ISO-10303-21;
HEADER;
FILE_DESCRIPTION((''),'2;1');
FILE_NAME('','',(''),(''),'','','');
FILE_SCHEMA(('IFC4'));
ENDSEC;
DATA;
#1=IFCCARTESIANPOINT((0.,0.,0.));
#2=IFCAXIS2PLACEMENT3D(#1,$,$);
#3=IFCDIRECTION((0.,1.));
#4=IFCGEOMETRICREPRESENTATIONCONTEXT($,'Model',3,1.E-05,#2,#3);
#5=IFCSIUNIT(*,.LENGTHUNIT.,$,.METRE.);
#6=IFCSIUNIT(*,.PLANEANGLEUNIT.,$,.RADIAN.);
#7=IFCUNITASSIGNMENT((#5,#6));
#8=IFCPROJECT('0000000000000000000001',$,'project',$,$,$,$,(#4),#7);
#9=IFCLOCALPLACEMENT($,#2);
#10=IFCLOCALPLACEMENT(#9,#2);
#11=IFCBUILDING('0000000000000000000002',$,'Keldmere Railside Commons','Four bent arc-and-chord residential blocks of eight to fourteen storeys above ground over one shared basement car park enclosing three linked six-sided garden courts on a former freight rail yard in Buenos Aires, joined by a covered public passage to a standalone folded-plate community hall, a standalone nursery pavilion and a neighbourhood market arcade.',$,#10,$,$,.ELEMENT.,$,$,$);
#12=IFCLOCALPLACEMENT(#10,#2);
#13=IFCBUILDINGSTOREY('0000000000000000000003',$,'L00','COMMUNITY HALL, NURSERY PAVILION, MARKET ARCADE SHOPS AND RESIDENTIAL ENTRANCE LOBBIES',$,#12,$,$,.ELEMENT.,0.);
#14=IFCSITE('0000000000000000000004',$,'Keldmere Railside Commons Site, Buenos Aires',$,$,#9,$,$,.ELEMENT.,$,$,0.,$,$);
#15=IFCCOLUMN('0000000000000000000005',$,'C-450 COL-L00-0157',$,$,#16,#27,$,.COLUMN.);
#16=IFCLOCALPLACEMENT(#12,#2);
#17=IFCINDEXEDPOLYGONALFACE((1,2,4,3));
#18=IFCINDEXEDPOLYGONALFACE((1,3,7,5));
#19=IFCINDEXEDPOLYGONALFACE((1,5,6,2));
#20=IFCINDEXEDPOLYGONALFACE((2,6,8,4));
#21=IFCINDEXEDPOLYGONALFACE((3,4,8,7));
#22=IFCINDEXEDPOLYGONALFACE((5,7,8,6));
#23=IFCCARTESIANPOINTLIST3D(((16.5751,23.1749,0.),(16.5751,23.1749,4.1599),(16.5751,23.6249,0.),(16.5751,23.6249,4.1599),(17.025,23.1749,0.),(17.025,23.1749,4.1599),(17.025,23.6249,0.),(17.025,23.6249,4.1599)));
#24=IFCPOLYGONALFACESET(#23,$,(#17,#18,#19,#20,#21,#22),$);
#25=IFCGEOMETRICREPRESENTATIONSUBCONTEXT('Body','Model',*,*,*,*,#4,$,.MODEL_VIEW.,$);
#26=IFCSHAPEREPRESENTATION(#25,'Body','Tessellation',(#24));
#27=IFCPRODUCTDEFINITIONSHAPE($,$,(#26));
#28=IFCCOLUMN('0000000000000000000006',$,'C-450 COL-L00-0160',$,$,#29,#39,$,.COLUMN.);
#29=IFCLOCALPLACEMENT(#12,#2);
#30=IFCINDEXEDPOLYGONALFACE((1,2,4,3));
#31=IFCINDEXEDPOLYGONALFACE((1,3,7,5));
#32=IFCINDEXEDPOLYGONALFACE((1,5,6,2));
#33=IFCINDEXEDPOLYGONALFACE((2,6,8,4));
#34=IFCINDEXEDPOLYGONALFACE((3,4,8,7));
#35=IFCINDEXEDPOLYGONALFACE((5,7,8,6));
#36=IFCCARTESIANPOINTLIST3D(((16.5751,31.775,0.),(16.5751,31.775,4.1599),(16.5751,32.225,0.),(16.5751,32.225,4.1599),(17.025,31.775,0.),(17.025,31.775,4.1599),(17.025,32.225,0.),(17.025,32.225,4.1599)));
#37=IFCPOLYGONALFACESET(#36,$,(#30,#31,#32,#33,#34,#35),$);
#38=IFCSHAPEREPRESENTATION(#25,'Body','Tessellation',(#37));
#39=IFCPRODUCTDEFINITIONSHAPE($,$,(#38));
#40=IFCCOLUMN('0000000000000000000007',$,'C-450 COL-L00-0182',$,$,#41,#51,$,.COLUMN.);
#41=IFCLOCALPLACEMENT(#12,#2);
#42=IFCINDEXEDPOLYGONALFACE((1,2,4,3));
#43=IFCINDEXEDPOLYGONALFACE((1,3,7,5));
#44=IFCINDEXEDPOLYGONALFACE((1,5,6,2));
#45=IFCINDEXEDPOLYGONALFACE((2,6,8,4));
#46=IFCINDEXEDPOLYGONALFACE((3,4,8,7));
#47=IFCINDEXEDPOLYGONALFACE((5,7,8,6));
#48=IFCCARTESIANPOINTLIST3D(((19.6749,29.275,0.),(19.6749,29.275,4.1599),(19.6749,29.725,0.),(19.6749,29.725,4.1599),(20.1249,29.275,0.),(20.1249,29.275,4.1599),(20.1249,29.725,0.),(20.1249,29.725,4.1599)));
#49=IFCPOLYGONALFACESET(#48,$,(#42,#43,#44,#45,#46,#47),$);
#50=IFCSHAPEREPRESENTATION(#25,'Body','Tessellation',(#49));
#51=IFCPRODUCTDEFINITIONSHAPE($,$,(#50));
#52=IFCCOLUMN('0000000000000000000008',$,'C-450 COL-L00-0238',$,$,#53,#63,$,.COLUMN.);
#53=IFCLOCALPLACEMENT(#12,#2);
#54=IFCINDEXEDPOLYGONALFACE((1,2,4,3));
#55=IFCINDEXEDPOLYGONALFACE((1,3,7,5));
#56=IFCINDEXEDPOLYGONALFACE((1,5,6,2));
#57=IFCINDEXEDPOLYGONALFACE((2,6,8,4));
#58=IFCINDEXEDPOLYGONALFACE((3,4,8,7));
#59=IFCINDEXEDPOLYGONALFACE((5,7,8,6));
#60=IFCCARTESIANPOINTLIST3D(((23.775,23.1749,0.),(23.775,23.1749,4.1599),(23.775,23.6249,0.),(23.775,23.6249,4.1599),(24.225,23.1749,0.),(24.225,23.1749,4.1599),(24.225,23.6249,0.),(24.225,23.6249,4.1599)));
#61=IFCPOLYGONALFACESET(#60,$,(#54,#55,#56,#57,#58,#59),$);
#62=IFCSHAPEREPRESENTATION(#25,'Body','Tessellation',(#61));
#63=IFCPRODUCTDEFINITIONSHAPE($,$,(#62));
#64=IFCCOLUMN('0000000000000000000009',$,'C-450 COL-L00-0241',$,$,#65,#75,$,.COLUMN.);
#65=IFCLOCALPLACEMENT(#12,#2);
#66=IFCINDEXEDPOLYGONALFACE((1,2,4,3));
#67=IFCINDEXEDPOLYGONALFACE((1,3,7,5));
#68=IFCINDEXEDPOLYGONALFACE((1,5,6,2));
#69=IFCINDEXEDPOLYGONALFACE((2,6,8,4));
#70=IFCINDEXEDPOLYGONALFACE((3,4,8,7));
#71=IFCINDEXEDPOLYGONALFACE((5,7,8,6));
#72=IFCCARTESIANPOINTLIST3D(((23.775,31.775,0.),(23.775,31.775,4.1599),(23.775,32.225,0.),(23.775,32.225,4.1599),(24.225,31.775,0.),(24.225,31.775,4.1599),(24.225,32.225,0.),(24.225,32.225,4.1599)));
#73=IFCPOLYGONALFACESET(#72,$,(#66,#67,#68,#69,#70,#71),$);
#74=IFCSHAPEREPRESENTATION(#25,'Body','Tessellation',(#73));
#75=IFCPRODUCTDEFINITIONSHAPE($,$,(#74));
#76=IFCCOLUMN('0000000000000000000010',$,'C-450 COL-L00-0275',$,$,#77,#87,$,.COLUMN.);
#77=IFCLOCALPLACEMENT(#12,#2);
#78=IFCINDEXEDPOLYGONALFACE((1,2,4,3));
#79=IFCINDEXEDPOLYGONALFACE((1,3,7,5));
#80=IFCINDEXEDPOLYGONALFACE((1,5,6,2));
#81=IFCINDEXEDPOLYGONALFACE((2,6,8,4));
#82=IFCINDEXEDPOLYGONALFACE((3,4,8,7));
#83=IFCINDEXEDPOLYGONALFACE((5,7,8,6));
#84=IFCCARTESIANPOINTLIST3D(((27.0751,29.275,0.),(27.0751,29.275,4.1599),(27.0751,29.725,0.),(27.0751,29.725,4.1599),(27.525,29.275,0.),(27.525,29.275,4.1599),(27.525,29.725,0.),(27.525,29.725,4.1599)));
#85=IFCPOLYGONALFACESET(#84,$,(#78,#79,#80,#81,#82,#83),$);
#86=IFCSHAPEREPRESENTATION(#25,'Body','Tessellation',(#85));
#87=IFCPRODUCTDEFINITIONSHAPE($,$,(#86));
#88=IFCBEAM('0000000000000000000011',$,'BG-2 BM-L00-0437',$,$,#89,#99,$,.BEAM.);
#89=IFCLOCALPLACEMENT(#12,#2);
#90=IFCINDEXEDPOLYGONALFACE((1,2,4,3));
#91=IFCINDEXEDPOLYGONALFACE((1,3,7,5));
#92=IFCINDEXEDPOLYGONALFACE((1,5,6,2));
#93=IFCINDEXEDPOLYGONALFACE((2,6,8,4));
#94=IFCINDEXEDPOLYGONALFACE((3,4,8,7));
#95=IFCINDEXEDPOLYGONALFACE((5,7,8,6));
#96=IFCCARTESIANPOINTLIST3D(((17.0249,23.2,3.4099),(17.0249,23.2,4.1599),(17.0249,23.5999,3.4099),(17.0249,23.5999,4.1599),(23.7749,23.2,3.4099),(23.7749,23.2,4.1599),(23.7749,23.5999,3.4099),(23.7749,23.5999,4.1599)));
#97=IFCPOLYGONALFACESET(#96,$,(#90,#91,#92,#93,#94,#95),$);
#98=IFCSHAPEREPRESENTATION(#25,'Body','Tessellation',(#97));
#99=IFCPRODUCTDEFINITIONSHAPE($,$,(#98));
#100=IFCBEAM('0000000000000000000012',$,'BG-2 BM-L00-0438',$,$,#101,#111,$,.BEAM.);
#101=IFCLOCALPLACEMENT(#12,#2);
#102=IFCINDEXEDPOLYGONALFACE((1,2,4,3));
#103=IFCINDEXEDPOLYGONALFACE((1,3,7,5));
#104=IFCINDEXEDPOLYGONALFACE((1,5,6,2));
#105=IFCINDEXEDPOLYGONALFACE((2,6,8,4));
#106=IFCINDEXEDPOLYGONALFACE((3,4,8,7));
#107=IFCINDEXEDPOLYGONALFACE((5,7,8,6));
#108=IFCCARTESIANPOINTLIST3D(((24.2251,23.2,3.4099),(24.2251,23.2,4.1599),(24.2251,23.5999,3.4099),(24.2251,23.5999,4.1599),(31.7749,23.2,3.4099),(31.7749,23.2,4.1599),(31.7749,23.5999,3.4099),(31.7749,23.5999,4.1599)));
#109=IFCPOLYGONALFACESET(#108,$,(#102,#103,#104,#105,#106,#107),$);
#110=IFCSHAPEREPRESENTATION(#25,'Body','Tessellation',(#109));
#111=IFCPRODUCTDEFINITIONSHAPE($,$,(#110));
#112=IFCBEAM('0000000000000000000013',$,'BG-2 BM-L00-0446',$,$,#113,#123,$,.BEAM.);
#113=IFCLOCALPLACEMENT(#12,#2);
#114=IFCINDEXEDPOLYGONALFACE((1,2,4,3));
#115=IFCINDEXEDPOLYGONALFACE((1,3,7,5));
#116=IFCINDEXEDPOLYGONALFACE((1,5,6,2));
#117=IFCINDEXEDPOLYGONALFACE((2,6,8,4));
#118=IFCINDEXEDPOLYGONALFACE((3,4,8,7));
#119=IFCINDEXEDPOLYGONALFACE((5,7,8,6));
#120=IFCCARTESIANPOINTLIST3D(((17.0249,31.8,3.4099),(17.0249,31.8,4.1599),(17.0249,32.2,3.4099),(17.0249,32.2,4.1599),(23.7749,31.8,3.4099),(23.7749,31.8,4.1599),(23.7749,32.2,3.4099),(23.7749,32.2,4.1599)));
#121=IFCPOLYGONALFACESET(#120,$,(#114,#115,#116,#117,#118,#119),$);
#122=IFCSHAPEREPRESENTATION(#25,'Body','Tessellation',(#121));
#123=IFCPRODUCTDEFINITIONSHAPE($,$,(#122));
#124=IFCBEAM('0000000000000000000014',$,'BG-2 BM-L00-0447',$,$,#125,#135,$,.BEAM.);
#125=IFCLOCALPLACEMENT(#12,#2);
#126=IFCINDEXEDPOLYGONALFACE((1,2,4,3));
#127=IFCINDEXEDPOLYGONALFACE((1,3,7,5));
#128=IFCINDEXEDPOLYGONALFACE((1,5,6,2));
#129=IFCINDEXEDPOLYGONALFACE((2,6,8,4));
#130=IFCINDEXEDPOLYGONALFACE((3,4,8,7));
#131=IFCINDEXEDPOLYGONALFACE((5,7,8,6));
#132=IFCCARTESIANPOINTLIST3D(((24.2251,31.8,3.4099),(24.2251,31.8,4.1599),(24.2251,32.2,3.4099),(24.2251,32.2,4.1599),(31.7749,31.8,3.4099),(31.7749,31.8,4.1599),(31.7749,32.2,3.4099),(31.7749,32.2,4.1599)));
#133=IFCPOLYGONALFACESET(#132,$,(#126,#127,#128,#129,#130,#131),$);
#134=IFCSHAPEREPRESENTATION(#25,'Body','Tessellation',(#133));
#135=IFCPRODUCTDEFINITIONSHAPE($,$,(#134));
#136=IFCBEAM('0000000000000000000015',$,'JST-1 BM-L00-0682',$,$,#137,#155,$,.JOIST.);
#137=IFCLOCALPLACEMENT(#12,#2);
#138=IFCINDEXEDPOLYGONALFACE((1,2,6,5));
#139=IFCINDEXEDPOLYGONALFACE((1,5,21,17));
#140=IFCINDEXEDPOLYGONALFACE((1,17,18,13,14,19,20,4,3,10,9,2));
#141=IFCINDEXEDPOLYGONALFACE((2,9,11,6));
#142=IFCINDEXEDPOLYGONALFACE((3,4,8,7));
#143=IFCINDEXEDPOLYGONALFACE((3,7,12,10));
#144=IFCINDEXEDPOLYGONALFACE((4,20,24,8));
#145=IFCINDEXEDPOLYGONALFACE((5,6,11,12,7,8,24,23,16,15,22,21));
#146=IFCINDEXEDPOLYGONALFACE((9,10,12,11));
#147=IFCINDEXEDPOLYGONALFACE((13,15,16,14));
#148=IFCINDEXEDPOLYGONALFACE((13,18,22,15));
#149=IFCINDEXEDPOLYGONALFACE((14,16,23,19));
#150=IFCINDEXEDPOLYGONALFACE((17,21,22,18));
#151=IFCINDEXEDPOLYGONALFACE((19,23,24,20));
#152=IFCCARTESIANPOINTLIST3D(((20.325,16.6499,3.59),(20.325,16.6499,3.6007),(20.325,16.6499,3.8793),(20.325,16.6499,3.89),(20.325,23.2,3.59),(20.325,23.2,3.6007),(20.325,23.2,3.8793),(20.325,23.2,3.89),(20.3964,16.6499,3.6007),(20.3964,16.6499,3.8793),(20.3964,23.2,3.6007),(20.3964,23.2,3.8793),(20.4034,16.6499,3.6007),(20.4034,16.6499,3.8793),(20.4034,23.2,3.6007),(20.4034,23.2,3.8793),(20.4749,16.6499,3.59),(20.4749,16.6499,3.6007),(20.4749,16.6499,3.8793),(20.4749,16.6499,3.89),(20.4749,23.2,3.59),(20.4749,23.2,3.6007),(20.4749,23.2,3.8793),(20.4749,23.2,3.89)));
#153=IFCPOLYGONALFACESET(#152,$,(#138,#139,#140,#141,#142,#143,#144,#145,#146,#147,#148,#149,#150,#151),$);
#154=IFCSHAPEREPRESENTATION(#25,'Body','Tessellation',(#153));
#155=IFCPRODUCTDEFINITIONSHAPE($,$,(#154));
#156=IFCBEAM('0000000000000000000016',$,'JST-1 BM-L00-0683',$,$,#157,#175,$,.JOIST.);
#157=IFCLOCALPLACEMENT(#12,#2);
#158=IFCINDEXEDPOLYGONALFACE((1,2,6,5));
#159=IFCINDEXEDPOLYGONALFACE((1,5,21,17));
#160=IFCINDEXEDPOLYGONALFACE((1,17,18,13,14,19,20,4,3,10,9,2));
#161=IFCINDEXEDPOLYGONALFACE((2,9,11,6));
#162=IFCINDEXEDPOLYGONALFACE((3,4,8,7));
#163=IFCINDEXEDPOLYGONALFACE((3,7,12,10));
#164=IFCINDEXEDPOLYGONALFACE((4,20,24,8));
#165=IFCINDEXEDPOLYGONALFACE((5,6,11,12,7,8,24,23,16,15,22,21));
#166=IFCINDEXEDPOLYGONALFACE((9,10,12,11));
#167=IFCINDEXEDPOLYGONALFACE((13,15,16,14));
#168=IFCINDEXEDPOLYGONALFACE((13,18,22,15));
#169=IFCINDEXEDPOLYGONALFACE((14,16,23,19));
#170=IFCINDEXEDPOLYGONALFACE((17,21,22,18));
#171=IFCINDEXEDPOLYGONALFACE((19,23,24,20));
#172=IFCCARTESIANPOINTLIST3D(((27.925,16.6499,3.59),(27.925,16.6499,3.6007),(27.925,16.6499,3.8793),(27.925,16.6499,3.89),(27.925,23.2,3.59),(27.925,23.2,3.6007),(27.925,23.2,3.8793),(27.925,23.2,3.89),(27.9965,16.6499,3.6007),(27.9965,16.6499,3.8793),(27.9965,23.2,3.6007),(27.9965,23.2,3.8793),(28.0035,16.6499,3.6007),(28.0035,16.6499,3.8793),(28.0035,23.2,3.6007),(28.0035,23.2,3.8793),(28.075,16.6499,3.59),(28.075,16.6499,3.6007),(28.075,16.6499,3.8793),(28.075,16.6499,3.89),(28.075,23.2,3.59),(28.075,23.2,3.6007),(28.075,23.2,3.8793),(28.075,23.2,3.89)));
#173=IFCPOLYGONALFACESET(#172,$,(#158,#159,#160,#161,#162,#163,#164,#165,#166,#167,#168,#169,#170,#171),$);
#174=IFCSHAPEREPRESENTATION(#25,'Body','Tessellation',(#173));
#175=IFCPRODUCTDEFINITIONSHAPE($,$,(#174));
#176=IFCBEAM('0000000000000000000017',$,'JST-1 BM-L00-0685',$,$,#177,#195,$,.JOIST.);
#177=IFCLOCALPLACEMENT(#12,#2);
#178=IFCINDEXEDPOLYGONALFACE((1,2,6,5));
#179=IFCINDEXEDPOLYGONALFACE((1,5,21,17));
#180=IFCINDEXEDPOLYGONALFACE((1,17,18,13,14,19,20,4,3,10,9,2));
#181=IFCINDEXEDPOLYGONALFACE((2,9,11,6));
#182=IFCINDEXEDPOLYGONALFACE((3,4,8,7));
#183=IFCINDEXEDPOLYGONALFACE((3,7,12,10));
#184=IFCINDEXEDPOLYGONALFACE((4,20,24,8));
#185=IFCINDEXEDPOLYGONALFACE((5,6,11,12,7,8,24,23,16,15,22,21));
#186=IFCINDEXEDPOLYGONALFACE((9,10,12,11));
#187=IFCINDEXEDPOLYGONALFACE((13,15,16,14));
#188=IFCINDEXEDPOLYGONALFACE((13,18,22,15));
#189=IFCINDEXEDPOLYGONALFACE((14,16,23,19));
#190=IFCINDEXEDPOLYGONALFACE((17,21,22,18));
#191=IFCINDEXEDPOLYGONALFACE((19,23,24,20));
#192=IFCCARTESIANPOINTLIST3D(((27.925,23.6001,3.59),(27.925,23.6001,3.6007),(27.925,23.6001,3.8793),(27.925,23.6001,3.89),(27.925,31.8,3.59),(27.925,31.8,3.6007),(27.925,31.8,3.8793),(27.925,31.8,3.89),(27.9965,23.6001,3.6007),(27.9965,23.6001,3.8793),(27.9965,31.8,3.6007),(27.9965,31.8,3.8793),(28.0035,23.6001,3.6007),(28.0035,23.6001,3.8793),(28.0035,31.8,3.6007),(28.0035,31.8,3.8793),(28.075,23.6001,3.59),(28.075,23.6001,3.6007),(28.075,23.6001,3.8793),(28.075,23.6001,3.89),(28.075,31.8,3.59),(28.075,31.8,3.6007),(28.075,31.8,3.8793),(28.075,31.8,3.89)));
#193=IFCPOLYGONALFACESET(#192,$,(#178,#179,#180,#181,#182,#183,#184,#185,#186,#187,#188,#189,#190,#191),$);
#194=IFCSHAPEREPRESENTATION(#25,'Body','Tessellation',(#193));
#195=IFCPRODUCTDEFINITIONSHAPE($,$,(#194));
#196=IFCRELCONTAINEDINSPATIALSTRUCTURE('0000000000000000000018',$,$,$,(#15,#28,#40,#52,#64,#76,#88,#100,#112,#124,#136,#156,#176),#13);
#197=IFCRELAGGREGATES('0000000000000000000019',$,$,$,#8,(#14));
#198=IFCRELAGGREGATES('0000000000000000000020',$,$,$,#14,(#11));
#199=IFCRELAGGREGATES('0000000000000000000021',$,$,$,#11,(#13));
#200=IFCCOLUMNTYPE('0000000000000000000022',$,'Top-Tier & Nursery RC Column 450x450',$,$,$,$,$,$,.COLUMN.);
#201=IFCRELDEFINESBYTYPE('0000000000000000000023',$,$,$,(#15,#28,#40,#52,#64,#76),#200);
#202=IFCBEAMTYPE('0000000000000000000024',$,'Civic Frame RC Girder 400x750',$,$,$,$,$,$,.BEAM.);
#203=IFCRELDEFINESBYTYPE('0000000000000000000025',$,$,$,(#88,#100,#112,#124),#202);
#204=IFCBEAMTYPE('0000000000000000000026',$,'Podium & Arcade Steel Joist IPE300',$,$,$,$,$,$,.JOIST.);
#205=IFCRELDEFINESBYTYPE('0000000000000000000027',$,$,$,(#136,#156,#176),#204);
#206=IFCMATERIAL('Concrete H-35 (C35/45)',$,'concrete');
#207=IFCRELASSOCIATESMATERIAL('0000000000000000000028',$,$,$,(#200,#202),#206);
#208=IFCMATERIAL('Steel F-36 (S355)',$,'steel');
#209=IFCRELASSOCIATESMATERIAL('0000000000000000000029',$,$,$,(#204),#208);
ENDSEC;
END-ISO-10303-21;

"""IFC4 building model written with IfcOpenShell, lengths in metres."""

from ifc_helpers import new_model, si_unit, direction, frame, origin, origin_2d, place, context, subcontext, project, spatial, rectangle, i_section, extrude, material, material_profile, profile_set, type_object, element, save


model = new_model("IFC4")

# Units and contexts
model_context = context("Model", 3, precision=1e-05, world=origin(), true_north=direction((0.0, 1.0)))
body_context = subcontext(model_context, "Body", "Model", "MODEL_VIEW")
ifc_project = project(units=[si_unit("LENGTHUNIT", "METRE"), si_unit("PLANEANGLEUNIT", "RADIAN")], contexts=[model_context])

# Site, building, storey
site_placement = place(None, origin())
site = spatial("IfcSite", under=ifc_project, at=site_placement, Name="Keldmere Railside Commons Site, Buenos Aires", CompositionType="ELEMENT", RefElevation=0.0)
building_placement = place(site_placement, origin())
building = spatial("IfcBuilding", under=site, at=building_placement, Name="Keldmere Railside Commons", Description="Four bent arc-and-chord residential blocks of eight to fourteen storeys above ground over one shared basement car park enclosing three linked six-sided garden courts on a former freight rail yard in Buenos Aires, joined by a covered public passage to a standalone folded-plate community hall, a standalone nursery pavilion and a neighbourhood market arcade.", CompositionType="ELEMENT")
storey_placement = place(building_placement, origin())
storey = spatial("IfcBuildingStorey", under=building, at=storey_placement, Name="L00", Description="COMMUNITY HALL, NURSERY PAVILION, MARKET ARCADE SHOPS AND RESIDENTIAL ENTRANCE LOBBIES", CompositionType="ELEMENT", Elevation=0.0)

# Columns
ifc_material_1 = material(Name="Concrete H-35 (C35/45)", Category="concrete")
ifc_material_profile_1 = material_profile(ifc_material_1, rectangle(XDim=0.45, YDim=0.45, at=origin_2d()), Name="RC-450x450")
ifc_profile_set_1 = profile_set([ifc_material_profile_1], Name="Concrete H-35 (C35/45)")
column_type = type_object("IfcColumnType", Name="Top-Tier & Nursery RC Column 450x450", PredefinedType="COLUMN", material=ifc_profile_set_1)
for number, where, z_axis, x_axis, name in (
    (1, (16.8, 23.3999, 0.0), (0.0, 0.0, 1.0), (1.0, 0.0, 0.0), "C-450 COL-L00-0157"),
    (2, (16.8, 32.0, 0.0), (0.0, 0.0, 1.0), (1.0, 0.0, 0.0), "C-450 COL-L00-0160"),
    (3, (19.8999, 29.5, 0.0), (0.0, 0.0, 1.0), (1.0, 0.0, 0.0), "C-450 COL-L00-0182"),
    (4, (24.0, 23.3999, 0.0), (0.0, 0.0, 1.0), (1.0, 0.0, 0.0), "C-450 COL-L00-0238"),
    (5, (24.0, 32.0, 0.0), (0.0, 0.0, 1.0), (1.0, 0.0, 0.0), "C-450 COL-L00-0241"),
    (6, (27.3, 29.5, 0.0), (0.0, 0.0, 1.0), (1.0, 0.0, 0.0), "C-450 COL-L00-0275"),
):
    element("IfcColumn", number, at=place(storey_placement, frame(where, z_axis=z_axis, x_axis=x_axis)), inside=storey, type_object=column_type, Name=name, PredefinedType="COLUMN", context=body_context, shape_type="SweptSolid", body=[
        extrude(rectangle(XDim=0.45, YDim=0.45, at=origin_2d()), origin(), (0.0, 0.0, 1.0), 4.1599),
    ])

# Beams
ifc_material_profile_2 = material_profile(ifc_material_1, rectangle(XDim=0.3999, YDim=0.75, at=origin_2d()), Name="RC-400x750")
ifc_profile_set_2 = profile_set([ifc_material_profile_2], Name="Concrete H-35 (C35/45)")
beam_type_1 = type_object("IfcBeamType", Name="Civic Frame RC Girder 400x750", PredefinedType="BEAM", material=ifc_profile_set_2)
beam_1_placement = place(storey_placement, frame((17.0249, 23.3999, 3.7849), z_axis=(1.0, 0.0, 0.0), x_axis=(0.0, 1.0, 0.0)))
element("IfcBeam", 7, at=beam_1_placement, inside=storey, type_object=beam_type_1, Name="BG-2 BM-L00-0437", PredefinedType="BEAM", context=body_context, shape_type="SweptSolid", body=[
    extrude(rectangle(XDim=0.3999, YDim=0.75, at=origin_2d()), origin(), (0.0, 0.0, 1.0), 6.75),
])
beam_2_placement = place(storey_placement, frame((24.2251, 23.3999, 3.7849), z_axis=(1.0, 0.0, 0.0), x_axis=(0.0, 1.0, 0.0)))
element("IfcBeam", 8, at=beam_2_placement, inside=storey, type_object=beam_type_1, Name="BG-2 BM-L00-0438", PredefinedType="BEAM", context=body_context, shape_type="SweptSolid", body=[
    extrude(rectangle(XDim=0.3999, YDim=0.75, at=origin_2d()), origin(), (0.0, 0.0, 1.0), 7.5498),
])
beam_3_placement = place(storey_placement, frame((17.0249, 32.0, 3.7849), z_axis=(1.0, 0.0, 0.0), x_axis=(0.0, 1.0, 0.0)))
element("IfcBeam", 9, at=beam_3_placement, inside=storey, type_object=beam_type_1, Name="BG-2 BM-L00-0446", PredefinedType="BEAM", context=body_context, shape_type="SweptSolid", body=[
    extrude(rectangle(XDim=0.3999, YDim=0.75, at=origin_2d()), origin(), (0.0, 0.0, 1.0), 6.75),
])
beam_4_placement = place(storey_placement, frame((24.2251, 32.0, 3.7849), z_axis=(1.0, 0.0, 0.0), x_axis=(0.0, 1.0, 0.0)))
element("IfcBeam", 10, at=beam_4_placement, inside=storey, type_object=beam_type_1, Name="BG-2 BM-L00-0447", PredefinedType="BEAM", context=body_context, shape_type="SweptSolid", body=[
    extrude(rectangle(XDim=0.3999, YDim=0.75, at=origin_2d()), origin(), (0.0, 0.0, 1.0), 7.5498),
])
ifc_material_2 = material(Name="Steel F-36 (S355)", Category="steel")
ifc_material_profile_3 = material_profile(ifc_material_2, i_section(OverallWidth=0.1499, OverallDepth=0.3, WebThickness=0.0071, FlangeThickness=0.0107, at=origin_2d()), Name="IPE-300")
ifc_profile_set_3 = profile_set([ifc_material_profile_3], Name="Steel F-36 (S355)")
beam_type_2 = type_object("IfcBeamType", Name="Podium & Arcade Steel Joist IPE300", PredefinedType="JOIST", material=ifc_profile_set_3)
for number, where, z_axis, x_axis, name in (
    (11, (20.3999, 16.6499, 3.74), (0.0, 1.0, 0.0), (-1.0, 0.0, 0.0), "JST-1 BM-L00-0682"),
    (12, (28.0, 16.6499, 3.74), (0.0, 1.0, 0.0), (-1.0, 0.0, 0.0), "JST-1 BM-L00-0683"),
):
    element("IfcBeam", number, at=place(storey_placement, frame(where, z_axis=z_axis, x_axis=x_axis)), inside=storey, type_object=beam_type_2, Name=name, PredefinedType="JOIST", context=body_context, shape_type="SweptSolid", body=[
        extrude(i_section(OverallWidth=0.1499, OverallDepth=0.3, WebThickness=0.0071, FlangeThickness=0.0107, at=origin_2d()), origin(), (0.0, 0.0, 1.0), 6.55),
    ])
beam_5_placement = place(storey_placement, frame((28.0, 23.6001, 3.74), z_axis=(0.0, 1.0, 0.0), x_axis=(-1.0, 0.0, 0.0)))
element("IfcBeam", 13, at=beam_5_placement, inside=storey, type_object=beam_type_2, Name="JST-1 BM-L00-0685", PredefinedType="JOIST", context=body_context, shape_type="SweptSolid", body=[
    extrude(i_section(OverallWidth=0.1499, OverallDepth=0.3, WebThickness=0.0071, FlangeThickness=0.0107, at=origin_2d()), origin(), (0.0, 0.0, 1.0), 8.2),
])

save(model, "model.ifc")
